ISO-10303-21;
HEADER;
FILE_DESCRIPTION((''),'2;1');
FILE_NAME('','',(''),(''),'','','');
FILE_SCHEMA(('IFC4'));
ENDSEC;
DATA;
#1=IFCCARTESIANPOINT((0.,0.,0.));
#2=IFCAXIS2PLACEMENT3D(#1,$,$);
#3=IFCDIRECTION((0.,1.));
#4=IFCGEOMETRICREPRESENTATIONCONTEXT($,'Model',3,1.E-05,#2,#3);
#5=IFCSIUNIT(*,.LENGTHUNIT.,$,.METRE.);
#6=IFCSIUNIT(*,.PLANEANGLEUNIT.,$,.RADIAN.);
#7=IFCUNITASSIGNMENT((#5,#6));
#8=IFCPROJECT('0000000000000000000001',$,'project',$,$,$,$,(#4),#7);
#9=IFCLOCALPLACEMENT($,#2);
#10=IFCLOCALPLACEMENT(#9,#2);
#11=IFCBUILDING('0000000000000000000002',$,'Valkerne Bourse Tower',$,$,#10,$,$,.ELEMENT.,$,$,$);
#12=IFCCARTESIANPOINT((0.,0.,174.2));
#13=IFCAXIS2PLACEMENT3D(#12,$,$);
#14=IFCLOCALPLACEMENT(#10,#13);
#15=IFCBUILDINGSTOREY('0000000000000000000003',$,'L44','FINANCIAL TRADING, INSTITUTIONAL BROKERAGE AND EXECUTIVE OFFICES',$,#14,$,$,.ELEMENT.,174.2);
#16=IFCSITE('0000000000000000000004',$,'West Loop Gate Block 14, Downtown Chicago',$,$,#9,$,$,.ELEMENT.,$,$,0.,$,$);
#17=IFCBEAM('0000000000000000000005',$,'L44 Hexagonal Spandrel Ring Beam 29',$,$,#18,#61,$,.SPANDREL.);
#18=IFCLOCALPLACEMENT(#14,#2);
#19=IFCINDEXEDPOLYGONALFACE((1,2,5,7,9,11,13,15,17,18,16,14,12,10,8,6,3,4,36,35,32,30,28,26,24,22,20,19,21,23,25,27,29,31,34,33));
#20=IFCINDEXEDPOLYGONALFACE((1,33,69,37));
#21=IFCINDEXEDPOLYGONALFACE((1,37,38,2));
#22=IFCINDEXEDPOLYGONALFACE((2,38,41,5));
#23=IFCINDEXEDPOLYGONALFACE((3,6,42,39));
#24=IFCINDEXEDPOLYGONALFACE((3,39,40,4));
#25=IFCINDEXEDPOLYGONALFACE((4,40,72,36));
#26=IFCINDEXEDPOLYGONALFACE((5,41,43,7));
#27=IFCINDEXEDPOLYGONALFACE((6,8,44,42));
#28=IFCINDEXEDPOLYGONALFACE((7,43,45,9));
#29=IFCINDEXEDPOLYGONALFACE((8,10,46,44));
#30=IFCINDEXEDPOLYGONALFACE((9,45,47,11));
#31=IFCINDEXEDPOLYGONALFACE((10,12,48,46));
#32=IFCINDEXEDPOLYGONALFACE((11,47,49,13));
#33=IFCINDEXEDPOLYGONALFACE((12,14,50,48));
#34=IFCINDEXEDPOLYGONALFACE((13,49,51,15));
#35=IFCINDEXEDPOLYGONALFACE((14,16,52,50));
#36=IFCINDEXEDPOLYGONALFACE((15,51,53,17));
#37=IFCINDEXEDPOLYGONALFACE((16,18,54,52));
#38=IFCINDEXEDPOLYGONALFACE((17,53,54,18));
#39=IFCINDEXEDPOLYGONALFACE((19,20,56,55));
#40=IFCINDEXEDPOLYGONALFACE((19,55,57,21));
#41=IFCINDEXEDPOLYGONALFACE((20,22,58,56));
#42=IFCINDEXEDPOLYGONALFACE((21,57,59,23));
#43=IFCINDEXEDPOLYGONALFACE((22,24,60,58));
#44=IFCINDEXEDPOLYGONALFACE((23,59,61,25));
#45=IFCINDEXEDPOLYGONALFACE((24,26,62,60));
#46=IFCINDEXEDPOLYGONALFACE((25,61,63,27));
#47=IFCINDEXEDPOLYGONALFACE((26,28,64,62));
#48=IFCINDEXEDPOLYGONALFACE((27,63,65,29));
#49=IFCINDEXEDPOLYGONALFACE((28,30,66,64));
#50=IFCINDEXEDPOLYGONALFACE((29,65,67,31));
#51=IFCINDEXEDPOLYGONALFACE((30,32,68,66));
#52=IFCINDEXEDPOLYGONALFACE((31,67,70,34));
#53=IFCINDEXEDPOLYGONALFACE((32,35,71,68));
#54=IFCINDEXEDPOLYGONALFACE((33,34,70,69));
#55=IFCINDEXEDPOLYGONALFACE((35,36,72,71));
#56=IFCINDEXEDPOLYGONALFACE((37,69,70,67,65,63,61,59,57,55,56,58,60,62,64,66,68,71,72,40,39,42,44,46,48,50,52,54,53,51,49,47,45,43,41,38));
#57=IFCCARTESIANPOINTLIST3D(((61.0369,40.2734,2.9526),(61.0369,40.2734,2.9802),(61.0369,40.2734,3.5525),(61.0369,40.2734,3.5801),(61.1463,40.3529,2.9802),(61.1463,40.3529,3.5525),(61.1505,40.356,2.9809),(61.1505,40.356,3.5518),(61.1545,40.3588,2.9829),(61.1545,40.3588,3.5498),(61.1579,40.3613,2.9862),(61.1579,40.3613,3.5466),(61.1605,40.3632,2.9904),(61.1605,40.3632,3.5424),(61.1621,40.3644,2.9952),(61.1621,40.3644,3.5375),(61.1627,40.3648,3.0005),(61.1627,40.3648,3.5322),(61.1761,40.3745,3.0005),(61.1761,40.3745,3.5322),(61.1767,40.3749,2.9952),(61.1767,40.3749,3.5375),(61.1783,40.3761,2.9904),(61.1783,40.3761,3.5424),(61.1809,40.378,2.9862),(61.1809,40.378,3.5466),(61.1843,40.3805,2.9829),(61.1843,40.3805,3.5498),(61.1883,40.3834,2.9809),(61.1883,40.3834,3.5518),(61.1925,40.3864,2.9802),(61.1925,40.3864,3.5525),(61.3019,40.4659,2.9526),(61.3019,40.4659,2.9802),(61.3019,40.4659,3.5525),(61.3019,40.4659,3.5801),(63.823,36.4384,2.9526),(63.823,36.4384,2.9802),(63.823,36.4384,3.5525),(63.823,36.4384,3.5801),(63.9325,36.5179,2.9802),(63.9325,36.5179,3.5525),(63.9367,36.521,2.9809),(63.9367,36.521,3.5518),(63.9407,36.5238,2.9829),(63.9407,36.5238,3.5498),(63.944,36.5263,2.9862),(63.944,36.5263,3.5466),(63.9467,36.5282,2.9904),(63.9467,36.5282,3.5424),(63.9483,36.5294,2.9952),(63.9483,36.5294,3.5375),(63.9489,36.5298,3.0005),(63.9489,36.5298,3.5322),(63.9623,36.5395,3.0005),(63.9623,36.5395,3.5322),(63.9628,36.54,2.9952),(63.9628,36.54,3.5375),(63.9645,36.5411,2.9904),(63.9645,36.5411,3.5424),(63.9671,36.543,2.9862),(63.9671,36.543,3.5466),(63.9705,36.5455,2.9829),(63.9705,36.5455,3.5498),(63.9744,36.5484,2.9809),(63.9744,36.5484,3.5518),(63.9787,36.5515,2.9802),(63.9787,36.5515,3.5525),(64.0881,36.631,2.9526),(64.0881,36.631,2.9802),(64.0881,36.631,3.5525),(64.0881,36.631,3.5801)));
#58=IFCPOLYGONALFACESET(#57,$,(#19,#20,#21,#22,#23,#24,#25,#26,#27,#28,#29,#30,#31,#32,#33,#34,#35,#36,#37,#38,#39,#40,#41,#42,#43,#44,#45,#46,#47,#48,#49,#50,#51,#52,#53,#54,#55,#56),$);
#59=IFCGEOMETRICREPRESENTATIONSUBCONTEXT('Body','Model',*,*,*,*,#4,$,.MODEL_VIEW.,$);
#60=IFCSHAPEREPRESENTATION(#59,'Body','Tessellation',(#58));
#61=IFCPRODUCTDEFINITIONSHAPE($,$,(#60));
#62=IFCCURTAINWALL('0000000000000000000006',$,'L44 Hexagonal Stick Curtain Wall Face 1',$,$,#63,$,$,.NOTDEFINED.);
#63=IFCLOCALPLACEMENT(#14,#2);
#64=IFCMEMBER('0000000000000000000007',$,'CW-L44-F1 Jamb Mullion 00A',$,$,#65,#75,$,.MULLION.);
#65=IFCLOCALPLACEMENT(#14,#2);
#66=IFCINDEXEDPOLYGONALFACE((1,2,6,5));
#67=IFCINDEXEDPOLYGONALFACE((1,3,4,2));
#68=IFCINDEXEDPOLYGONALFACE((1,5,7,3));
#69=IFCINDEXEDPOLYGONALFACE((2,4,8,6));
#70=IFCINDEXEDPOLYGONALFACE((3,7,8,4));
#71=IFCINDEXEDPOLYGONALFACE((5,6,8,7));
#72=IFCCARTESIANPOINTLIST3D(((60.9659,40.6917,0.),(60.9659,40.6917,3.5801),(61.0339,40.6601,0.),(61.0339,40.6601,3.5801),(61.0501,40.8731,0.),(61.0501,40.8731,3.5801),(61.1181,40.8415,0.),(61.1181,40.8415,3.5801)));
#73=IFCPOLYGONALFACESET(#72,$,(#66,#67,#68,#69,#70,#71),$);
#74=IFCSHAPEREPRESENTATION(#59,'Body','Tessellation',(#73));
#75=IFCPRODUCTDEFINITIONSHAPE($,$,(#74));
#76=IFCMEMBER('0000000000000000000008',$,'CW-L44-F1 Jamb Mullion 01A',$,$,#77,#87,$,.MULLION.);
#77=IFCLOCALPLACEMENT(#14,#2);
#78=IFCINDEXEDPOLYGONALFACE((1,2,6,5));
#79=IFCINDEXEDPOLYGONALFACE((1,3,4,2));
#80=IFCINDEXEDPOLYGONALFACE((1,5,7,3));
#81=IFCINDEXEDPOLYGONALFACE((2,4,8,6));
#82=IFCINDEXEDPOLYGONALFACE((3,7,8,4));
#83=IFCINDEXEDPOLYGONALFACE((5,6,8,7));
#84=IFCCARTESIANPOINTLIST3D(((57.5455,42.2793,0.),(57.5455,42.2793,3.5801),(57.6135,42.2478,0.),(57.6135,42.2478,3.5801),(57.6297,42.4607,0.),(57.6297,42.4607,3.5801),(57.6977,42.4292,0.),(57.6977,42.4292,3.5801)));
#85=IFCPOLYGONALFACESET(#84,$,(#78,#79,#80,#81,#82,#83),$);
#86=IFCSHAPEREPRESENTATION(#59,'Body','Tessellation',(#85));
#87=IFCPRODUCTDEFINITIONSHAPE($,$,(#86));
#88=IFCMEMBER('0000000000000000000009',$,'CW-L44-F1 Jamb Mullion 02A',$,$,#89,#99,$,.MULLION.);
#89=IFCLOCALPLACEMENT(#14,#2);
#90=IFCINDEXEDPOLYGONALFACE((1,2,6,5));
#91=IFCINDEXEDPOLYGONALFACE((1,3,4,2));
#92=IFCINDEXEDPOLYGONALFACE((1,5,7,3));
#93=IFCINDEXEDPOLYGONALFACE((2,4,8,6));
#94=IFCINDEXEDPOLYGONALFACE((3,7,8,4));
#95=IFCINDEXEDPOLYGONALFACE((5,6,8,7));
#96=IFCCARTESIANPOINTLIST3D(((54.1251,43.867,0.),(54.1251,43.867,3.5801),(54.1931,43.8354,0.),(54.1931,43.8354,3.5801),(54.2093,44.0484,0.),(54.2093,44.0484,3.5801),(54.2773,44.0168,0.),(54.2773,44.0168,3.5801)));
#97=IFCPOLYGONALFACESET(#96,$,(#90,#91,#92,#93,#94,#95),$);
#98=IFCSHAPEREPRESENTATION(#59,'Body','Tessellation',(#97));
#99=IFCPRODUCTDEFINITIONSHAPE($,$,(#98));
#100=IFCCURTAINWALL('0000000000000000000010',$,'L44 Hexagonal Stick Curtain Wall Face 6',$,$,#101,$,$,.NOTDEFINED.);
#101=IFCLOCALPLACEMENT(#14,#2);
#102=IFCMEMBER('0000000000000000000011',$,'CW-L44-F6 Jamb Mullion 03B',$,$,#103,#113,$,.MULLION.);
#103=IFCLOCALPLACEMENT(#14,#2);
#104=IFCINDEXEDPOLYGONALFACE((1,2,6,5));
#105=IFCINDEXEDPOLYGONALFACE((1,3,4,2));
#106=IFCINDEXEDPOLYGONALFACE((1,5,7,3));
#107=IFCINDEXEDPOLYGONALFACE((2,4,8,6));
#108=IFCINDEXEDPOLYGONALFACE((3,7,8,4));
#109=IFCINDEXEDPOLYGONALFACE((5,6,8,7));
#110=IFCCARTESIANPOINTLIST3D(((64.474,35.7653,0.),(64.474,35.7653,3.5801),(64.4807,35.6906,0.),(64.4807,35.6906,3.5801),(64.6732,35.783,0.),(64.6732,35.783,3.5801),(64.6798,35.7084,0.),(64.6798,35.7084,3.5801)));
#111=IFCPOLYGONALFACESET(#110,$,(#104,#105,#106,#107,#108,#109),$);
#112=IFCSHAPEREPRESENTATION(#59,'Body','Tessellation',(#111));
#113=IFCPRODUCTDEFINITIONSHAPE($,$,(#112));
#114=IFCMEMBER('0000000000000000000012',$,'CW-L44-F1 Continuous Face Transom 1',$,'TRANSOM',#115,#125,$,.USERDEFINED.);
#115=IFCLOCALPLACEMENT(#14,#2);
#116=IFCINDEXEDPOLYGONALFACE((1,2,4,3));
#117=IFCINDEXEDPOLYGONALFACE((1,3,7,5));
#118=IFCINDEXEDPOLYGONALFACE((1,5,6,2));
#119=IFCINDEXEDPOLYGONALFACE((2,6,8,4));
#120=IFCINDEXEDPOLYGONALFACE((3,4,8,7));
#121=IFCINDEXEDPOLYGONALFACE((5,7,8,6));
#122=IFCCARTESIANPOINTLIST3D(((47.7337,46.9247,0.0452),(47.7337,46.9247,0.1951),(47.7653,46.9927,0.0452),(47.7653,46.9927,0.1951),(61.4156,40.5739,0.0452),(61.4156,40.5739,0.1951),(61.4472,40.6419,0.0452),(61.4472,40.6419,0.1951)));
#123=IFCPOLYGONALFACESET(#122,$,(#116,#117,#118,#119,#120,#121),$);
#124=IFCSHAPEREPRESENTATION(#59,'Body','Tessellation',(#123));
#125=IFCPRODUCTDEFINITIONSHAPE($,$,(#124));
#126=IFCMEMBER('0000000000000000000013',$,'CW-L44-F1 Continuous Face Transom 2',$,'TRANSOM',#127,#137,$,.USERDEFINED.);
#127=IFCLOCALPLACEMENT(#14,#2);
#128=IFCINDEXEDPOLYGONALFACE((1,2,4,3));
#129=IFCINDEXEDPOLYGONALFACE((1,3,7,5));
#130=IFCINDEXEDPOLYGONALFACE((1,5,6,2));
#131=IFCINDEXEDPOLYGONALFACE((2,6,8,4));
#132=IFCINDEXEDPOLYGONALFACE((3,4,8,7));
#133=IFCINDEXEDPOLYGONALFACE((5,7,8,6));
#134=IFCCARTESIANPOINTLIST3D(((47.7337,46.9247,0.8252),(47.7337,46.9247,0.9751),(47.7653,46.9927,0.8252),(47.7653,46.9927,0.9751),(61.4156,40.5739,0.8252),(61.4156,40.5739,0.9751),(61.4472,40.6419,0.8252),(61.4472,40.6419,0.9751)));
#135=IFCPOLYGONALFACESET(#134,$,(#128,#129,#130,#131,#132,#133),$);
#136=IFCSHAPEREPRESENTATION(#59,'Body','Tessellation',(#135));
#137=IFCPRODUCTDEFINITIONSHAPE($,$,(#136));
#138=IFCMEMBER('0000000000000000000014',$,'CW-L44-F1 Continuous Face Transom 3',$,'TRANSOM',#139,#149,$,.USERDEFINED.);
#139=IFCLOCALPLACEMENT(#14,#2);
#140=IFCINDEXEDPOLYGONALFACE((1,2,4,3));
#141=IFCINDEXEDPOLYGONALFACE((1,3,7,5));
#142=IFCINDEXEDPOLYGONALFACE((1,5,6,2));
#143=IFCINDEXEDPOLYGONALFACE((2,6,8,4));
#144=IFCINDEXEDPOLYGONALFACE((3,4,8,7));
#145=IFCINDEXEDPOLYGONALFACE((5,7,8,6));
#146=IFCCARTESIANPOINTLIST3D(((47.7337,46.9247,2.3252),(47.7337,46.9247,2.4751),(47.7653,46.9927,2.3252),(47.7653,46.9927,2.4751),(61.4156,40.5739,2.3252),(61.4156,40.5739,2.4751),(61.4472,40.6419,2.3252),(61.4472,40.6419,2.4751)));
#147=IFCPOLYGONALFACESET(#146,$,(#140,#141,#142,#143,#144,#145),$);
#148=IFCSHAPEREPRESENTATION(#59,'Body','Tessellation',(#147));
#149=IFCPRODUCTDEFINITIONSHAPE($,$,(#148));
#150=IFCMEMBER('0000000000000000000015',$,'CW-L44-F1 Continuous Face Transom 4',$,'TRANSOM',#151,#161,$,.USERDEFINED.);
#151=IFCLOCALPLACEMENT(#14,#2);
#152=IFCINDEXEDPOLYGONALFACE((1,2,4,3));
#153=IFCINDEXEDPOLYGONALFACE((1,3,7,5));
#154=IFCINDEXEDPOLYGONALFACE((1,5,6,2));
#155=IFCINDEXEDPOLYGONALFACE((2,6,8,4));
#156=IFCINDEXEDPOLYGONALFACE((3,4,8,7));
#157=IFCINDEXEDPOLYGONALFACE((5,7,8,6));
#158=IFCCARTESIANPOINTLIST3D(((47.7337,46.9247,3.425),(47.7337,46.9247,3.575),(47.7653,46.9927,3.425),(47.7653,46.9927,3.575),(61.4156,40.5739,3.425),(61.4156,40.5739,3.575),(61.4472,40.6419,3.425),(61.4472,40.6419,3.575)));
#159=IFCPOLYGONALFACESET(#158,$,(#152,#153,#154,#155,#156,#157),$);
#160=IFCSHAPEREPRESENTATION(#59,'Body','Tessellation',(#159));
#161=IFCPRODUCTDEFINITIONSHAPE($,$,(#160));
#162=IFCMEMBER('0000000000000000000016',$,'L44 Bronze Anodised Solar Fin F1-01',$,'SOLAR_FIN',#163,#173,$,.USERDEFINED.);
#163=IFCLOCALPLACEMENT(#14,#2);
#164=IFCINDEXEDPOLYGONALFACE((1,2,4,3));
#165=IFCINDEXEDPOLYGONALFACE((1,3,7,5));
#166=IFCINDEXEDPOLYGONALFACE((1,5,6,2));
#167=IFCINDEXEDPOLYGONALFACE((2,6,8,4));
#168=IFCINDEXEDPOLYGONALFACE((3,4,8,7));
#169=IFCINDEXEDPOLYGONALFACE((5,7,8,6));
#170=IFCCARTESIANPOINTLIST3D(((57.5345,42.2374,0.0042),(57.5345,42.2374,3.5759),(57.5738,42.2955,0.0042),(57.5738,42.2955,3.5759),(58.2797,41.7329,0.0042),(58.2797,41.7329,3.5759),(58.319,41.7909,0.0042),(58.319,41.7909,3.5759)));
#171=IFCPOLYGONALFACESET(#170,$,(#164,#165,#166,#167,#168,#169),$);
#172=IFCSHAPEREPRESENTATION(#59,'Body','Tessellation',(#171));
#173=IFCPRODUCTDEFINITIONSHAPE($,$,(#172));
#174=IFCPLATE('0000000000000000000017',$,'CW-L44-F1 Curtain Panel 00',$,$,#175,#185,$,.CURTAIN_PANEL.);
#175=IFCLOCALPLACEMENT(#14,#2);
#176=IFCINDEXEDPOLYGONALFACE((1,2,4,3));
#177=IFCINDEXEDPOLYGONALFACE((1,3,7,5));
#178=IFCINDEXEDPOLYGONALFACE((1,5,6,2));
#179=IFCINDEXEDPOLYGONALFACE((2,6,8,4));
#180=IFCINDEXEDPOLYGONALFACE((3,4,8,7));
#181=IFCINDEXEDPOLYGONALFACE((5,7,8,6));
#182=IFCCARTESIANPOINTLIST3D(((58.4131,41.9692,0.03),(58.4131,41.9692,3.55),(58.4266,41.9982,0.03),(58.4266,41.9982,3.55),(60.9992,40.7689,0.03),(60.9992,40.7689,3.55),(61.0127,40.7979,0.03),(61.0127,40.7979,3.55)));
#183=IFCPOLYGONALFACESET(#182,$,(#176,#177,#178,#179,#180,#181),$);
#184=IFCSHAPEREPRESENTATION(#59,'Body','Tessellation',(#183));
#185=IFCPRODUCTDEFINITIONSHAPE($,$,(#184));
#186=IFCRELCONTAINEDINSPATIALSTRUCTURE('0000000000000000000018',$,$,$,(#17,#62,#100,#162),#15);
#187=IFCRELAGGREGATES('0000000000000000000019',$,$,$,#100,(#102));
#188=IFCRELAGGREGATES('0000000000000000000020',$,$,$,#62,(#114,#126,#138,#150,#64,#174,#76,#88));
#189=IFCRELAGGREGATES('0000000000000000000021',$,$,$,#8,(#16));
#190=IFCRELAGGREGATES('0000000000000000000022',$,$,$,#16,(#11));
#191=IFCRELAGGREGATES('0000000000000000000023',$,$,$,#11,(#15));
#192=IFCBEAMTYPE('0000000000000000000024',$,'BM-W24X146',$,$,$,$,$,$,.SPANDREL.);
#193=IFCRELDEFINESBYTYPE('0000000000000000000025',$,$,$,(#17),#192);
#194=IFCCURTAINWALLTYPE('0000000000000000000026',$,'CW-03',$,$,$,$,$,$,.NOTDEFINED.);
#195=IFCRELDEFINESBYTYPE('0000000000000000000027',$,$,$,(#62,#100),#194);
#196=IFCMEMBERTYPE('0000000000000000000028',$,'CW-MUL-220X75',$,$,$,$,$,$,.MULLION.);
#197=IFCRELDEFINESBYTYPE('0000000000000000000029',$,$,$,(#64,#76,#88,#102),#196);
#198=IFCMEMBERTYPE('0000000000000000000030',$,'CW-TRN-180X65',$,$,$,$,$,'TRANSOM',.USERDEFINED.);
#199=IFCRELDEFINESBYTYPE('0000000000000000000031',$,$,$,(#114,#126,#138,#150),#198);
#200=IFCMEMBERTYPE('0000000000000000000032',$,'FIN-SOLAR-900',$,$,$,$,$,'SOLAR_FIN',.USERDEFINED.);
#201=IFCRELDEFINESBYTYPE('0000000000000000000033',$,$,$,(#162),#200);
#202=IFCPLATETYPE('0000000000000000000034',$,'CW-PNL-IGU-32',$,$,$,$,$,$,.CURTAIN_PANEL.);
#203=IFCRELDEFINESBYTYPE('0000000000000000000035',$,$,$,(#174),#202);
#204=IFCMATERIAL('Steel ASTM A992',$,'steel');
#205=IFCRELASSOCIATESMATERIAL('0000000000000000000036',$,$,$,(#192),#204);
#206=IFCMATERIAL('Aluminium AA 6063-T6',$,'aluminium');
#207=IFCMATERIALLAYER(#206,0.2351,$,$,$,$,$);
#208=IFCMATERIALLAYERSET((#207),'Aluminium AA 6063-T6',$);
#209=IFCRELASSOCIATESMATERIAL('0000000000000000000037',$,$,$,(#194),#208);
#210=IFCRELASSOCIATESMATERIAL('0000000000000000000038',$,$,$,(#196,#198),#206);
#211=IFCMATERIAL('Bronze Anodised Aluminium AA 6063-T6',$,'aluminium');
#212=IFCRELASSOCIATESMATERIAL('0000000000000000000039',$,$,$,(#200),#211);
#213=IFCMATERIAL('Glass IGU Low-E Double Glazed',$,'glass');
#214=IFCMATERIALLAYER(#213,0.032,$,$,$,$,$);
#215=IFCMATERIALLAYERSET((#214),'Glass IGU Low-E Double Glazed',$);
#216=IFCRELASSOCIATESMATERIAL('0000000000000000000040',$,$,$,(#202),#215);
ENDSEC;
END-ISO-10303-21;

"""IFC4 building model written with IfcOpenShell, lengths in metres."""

from ifc_helpers import new_model, si_unit, direction, frame, origin, origin_2d, place, context, subcontext, project, spatial, rectangle, i_section, extrude, material, layer, layer_set, material_profile, profile_set, type_object, element, aggregate, save


model = new_model("IFC4")

# Units and contexts
model_context = context("Model", 3, precision=1e-05, world=origin(), true_north=direction((0.0, 1.0)))
body_context = subcontext(model_context, "Body", "Model", "MODEL_VIEW")
ifc_project = project(units=[si_unit("LENGTHUNIT", "METRE"), si_unit("PLANEANGLEUNIT", "RADIAN")], contexts=[model_context])

# Site, building, storey
site_placement = place(None, origin())
site = spatial("IfcSite", under=ifc_project, at=site_placement, Name="West Loop Gate Block 14, Downtown Chicago", CompositionType="ELEMENT", RefElevation=0.0)
building_placement = place(site_placement, origin())
building = spatial("IfcBuilding", under=site, at=building_placement, Name="Valkerne Bourse Tower", CompositionType="ELEMENT")
storey_placement = place(building_placement, frame((0.0, 0.0, 174.2)))
storey = spatial("IfcBuildingStorey", under=building, at=storey_placement, Name="L44", Description="FINANCIAL TRADING, INSTITUTIONAL BROKERAGE AND EXECUTIVE OFFICES", CompositionType="ELEMENT", Elevation=174.2)

# Beam
ifc_material_1 = material(Name="Steel ASTM A992", Category="steel")
ifc_material_profile_1 = material_profile(ifc_material_1, i_section(OverallWidth=0.3276, OverallDepth=0.6274, WebThickness=0.0166, FlangeThickness=0.0276, FilletRadius=0.0203, at=origin_2d()), Name="W24X146")
ifc_profile_set_1 = profile_set([ifc_material_profile_1], Name="Steel ASTM A992")
beam_type = type_object("IfcBeamType", Name="BM-W24X146", PredefinedType="SPANDREL", material=ifc_profile_set_1)
beam_1_placement = place(storey_placement, frame((63.9556, 36.5347, 3.2664), z_axis=(-0.587767, 0.80903, 0.0), x_axis=(-0.80903, -0.587767, 0.0)))
element("IfcBeam", 1, at=beam_1_placement, inside=storey, type_object=beam_type, Name="L44 Hexagonal Spandrel Ring Beam 29", PredefinedType="SPANDREL", context=body_context, shape_type="SweptSolid", body=[
    extrude(i_section(OverallWidth=0.3276, OverallDepth=0.6274, WebThickness=0.0166, FlangeThickness=0.0276, FilletRadius=0.0203, at=origin_2d()), origin(), (0.0, 0.0, 1.0), 4.7402),
])

# Curtain wall, members
ifc_material_2 = material(Name="Aluminium AA 6063-T6", Category="aluminium")
ifc_layer_1 = layer(ifc_material_2, 0.2351)
ifc_layer_set_1 = layer_set([ifc_layer_1], Name="Aluminium AA 6063-T6")
curtain_wall_type = type_object("IfcCurtainWallType", Name="CW-03", PredefinedType="NOTDEFINED", material=ifc_layer_set_1)
curtain_wall_1_placement = place(storey_placement, origin())
curtain_wall_1 = element("IfcCurtainWall", 2, at=curtain_wall_1_placement, inside=storey, type_object=curtain_wall_type, Name="L44 Hexagonal Stick Curtain Wall Face 1", PredefinedType="NOTDEFINED")
ifc_material_profile_2 = material_profile(ifc_material_2, rectangle(XDim=0.075, YDim=0.2, at=origin_2d()), Name="CWM-75X200")
ifc_profile_set_2 = profile_set([ifc_material_profile_2], Name="Aluminium AA 6063-T6")
member_type_1 = type_object("IfcMemberType", Name="CW-MUL-220X75", PredefinedType="MULLION", material=ifc_profile_set_2)
member_1_placement = place(storey_placement, frame((61.042, 40.7666, 0.0), z_axis=(0.0, 0.0, 1.0), x_axis=(-0.907048, 0.421026, 0.0)))
member_1 = element("IfcMember", 3, at=member_1_placement, type_object=member_type_1, Name="CW-L44-F1 Jamb Mullion 00A", PredefinedType="MULLION", context=body_context, shape_type="SweptSolid", body=[
    extrude(rectangle(XDim=0.075, YDim=0.2, at=origin_2d()), origin(), (0.0, 0.0, 1.0), 3.5801),
])
member_2_placement = place(storey_placement, frame((57.6216, 42.3542, 0.0), z_axis=(0.0, 0.0, 1.0), x_axis=(-0.907044, 0.421037, 0.0)))
member_2 = element("IfcMember", 4, at=member_2_placement, type_object=member_type_1, Name="CW-L44-F1 Jamb Mullion 01A", PredefinedType="MULLION", context=body_context, shape_type="SweptSolid", body=[
    extrude(rectangle(XDim=0.075, YDim=0.2, at=origin_2d()), origin(), (0.0, 0.0, 1.0), 3.5801),
])
member_3_placement = place(storey_placement, frame((54.2012, 43.9419, 0.0), z_axis=(0.0, 0.0, 1.0), x_axis=(-0.907048, 0.421026, 0.0)))
member_3 = element("IfcMember", 5, at=member_3_placement, type_object=member_type_1, Name="CW-L44-F1 Jamb Mullion 02A", PredefinedType="MULLION", context=body_context, shape_type="SweptSolid", body=[
    extrude(rectangle(XDim=0.075, YDim=0.2, at=origin_2d()), origin(), (0.0, 0.0, 1.0), 3.5801),
])

# Curtain wall, member
curtain_wall_2_placement = place(storey_placement, origin())
curtain_wall_2 = element("IfcCurtainWall", 6, at=curtain_wall_2_placement, inside=storey, type_object=curtain_wall_type, Name="L44 Hexagonal Stick Curtain Wall Face 6", PredefinedType="NOTDEFINED")
member_4_placement = place(storey_placement, frame((64.5769, 35.7368, 0.0), z_axis=(0.0, 0.0, 1.0), x_axis=(-0.088888, 0.996042, 0.0)))
member_4 = element("IfcMember", 7, at=member_4_placement, type_object=member_type_1, Name="CW-L44-F6 Jamb Mullion 03B", PredefinedType="MULLION", context=body_context, shape_type="SweptSolid", body=[
    extrude(rectangle(XDim=0.075, YDim=0.2, at=origin_2d()), origin(), (0.0, 0.0, 1.0), 3.5801),
])
aggregate(curtain_wall_2, [member_4])

# Members
ifc_material_profile_3 = material_profile(ifc_material_2, rectangle(XDim=0.075, YDim=0.1499, at=origin_2d()), Name="CWT-75X150")
ifc_profile_set_3 = profile_set([ifc_material_profile_3], Name="Aluminium AA 6063-T6")
member_type_2 = type_object("IfcMemberType", Name="CW-TRN-180X65", ElementType="TRANSOM", PredefinedType="USERDEFINED", material=ifc_profile_set_3)
member_5_placement = place(storey_placement, frame((61.4314, 40.6079, 0.1201), z_axis=(-0.907046, 0.421031, 0.0), x_axis=(-0.421031, -0.907046, 0.0)))
member_5 = element("IfcMember", 8, at=member_5_placement, type_object=member_type_2, Name="CW-L44-F1 Continuous Face Transom 1", ObjectType="TRANSOM", PredefinedType="USERDEFINED", context=body_context, shape_type="SweptSolid", body=[
    extrude(rectangle(XDim=0.075, YDim=0.1499, at=origin_2d()), origin(), (0.0, 0.0, 1.0), 15.084),
])
member_6_placement = place(storey_placement, frame((61.4314, 40.6079, 0.9001), z_axis=(-0.907046, 0.421031, 0.0), x_axis=(-0.421031, -0.907046, 0.0)))
member_6 = element("IfcMember", 9, at=member_6_placement, type_object=member_type_2, Name="CW-L44-F1 Continuous Face Transom 2", ObjectType="TRANSOM", PredefinedType="USERDEFINED", context=body_context, shape_type="SweptSolid", body=[
    extrude(rectangle(XDim=0.075, YDim=0.1499, at=origin_2d()), origin(), (0.0, 0.0, 1.0), 15.084),
])
member_7_placement = place(storey_placement, frame((61.4314, 40.6079, 2.4001), z_axis=(-0.907046, 0.421031, 0.0), x_axis=(-0.421031, -0.907046, 0.0)))
member_7 = element("IfcMember", 10, at=member_7_placement, type_object=member_type_2, Name="CW-L44-F1 Continuous Face Transom 3", ObjectType="TRANSOM", PredefinedType="USERDEFINED", context=body_context, shape_type="SweptSolid", body=[
    extrude(rectangle(XDim=0.075, YDim=0.1499, at=origin_2d()), origin(), (0.0, 0.0, 1.0), 15.084),
])
member_8_placement = place(storey_placement, frame((61.4314, 40.6079, 3.5), z_axis=(-0.907046, 0.421031, 0.0), x_axis=(-0.421031, -0.907046, 0.0)))
member_8 = element("IfcMember", 11, at=member_8_placement, type_object=member_type_2, Name="CW-L44-F1 Continuous Face Transom 4", ObjectType="TRANSOM", PredefinedType="USERDEFINED", context=body_context, shape_type="SweptSolid", body=[
    extrude(rectangle(XDim=0.075, YDim=0.1499, at=origin_2d()), origin(), (0.0, 0.0, 1.0), 15.084),
])
ifc_material_3 = material(Name="Bronze Anodised Aluminium AA 6063-T6", Category="aluminium")
ifc_material_profile_4 = material_profile(ifc_material_3, rectangle(XDim=0.0701, YDim=0.8999, at=origin_2d()), Name="FIN-70X900")
ifc_profile_set_4 = profile_set([ifc_material_profile_4], Name="Bronze Anodised Aluminium AA 6063-T6")
member_type_3 = type_object("IfcMemberType", Name="FIN-SOLAR-900", ElementType="SOLAR_FIN", PredefinedType="USERDEFINED", material=ifc_profile_set_4)
member_9_placement = place(storey_placement, frame((57.9268, 42.0142, 0.0042), z_axis=(0.0, 0.0, 1.0), x_axis=(0.560687, 0.828028, 0.0)))
element("IfcMember", 12, at=member_9_placement, inside=storey, type_object=member_type_3, Name="L44 Bronze Anodised Solar Fin F1-01", ObjectType="SOLAR_FIN", PredefinedType="USERDEFINED", context=body_context, shape_type="SweptSolid", body=[
    extrude(rectangle(XDim=0.0701, YDim=0.8999, at=origin_2d()), origin(), (0.0, 0.0, 1.0), 3.5718),
])

# Plate
ifc_material_4 = material(Name="Glass IGU Low-E Double Glazed", Category="glass")
ifc_layer_2 = layer(ifc_material_4, 0.032)
ifc_layer_set_2 = layer_set([ifc_layer_2], Name="Glass IGU Low-E Double Glazed")
plate_type = type_object("IfcPlateType", Name="CW-PNL-IGU-32", PredefinedType="CURTAIN_PANEL", material=ifc_layer_set_2)
plate_1_placement = place(storey_placement, frame((59.7129, 41.3835, 0.03), z_axis=(0.0, 0.0, 1.0), x_axis=(-0.907048, 0.421026, 0.0)))
plate_1 = element("IfcPlate", 13, at=plate_1_placement, type_object=plate_type, Name="CW-L44-F1 Curtain Panel 00", PredefinedType="CURTAIN_PANEL", context=body_context, shape_type="SweptSolid", body=[
    extrude(rectangle(XDim=2.8511, YDim=0.032, at=origin_2d()), origin(), (0.0, 0.0, 1.0), 3.52),
])
aggregate(curtain_wall_1, [member_5, member_6, member_7, member_8, member_1, plate_1, member_2, member_3])

save(model, "model.ifc")
